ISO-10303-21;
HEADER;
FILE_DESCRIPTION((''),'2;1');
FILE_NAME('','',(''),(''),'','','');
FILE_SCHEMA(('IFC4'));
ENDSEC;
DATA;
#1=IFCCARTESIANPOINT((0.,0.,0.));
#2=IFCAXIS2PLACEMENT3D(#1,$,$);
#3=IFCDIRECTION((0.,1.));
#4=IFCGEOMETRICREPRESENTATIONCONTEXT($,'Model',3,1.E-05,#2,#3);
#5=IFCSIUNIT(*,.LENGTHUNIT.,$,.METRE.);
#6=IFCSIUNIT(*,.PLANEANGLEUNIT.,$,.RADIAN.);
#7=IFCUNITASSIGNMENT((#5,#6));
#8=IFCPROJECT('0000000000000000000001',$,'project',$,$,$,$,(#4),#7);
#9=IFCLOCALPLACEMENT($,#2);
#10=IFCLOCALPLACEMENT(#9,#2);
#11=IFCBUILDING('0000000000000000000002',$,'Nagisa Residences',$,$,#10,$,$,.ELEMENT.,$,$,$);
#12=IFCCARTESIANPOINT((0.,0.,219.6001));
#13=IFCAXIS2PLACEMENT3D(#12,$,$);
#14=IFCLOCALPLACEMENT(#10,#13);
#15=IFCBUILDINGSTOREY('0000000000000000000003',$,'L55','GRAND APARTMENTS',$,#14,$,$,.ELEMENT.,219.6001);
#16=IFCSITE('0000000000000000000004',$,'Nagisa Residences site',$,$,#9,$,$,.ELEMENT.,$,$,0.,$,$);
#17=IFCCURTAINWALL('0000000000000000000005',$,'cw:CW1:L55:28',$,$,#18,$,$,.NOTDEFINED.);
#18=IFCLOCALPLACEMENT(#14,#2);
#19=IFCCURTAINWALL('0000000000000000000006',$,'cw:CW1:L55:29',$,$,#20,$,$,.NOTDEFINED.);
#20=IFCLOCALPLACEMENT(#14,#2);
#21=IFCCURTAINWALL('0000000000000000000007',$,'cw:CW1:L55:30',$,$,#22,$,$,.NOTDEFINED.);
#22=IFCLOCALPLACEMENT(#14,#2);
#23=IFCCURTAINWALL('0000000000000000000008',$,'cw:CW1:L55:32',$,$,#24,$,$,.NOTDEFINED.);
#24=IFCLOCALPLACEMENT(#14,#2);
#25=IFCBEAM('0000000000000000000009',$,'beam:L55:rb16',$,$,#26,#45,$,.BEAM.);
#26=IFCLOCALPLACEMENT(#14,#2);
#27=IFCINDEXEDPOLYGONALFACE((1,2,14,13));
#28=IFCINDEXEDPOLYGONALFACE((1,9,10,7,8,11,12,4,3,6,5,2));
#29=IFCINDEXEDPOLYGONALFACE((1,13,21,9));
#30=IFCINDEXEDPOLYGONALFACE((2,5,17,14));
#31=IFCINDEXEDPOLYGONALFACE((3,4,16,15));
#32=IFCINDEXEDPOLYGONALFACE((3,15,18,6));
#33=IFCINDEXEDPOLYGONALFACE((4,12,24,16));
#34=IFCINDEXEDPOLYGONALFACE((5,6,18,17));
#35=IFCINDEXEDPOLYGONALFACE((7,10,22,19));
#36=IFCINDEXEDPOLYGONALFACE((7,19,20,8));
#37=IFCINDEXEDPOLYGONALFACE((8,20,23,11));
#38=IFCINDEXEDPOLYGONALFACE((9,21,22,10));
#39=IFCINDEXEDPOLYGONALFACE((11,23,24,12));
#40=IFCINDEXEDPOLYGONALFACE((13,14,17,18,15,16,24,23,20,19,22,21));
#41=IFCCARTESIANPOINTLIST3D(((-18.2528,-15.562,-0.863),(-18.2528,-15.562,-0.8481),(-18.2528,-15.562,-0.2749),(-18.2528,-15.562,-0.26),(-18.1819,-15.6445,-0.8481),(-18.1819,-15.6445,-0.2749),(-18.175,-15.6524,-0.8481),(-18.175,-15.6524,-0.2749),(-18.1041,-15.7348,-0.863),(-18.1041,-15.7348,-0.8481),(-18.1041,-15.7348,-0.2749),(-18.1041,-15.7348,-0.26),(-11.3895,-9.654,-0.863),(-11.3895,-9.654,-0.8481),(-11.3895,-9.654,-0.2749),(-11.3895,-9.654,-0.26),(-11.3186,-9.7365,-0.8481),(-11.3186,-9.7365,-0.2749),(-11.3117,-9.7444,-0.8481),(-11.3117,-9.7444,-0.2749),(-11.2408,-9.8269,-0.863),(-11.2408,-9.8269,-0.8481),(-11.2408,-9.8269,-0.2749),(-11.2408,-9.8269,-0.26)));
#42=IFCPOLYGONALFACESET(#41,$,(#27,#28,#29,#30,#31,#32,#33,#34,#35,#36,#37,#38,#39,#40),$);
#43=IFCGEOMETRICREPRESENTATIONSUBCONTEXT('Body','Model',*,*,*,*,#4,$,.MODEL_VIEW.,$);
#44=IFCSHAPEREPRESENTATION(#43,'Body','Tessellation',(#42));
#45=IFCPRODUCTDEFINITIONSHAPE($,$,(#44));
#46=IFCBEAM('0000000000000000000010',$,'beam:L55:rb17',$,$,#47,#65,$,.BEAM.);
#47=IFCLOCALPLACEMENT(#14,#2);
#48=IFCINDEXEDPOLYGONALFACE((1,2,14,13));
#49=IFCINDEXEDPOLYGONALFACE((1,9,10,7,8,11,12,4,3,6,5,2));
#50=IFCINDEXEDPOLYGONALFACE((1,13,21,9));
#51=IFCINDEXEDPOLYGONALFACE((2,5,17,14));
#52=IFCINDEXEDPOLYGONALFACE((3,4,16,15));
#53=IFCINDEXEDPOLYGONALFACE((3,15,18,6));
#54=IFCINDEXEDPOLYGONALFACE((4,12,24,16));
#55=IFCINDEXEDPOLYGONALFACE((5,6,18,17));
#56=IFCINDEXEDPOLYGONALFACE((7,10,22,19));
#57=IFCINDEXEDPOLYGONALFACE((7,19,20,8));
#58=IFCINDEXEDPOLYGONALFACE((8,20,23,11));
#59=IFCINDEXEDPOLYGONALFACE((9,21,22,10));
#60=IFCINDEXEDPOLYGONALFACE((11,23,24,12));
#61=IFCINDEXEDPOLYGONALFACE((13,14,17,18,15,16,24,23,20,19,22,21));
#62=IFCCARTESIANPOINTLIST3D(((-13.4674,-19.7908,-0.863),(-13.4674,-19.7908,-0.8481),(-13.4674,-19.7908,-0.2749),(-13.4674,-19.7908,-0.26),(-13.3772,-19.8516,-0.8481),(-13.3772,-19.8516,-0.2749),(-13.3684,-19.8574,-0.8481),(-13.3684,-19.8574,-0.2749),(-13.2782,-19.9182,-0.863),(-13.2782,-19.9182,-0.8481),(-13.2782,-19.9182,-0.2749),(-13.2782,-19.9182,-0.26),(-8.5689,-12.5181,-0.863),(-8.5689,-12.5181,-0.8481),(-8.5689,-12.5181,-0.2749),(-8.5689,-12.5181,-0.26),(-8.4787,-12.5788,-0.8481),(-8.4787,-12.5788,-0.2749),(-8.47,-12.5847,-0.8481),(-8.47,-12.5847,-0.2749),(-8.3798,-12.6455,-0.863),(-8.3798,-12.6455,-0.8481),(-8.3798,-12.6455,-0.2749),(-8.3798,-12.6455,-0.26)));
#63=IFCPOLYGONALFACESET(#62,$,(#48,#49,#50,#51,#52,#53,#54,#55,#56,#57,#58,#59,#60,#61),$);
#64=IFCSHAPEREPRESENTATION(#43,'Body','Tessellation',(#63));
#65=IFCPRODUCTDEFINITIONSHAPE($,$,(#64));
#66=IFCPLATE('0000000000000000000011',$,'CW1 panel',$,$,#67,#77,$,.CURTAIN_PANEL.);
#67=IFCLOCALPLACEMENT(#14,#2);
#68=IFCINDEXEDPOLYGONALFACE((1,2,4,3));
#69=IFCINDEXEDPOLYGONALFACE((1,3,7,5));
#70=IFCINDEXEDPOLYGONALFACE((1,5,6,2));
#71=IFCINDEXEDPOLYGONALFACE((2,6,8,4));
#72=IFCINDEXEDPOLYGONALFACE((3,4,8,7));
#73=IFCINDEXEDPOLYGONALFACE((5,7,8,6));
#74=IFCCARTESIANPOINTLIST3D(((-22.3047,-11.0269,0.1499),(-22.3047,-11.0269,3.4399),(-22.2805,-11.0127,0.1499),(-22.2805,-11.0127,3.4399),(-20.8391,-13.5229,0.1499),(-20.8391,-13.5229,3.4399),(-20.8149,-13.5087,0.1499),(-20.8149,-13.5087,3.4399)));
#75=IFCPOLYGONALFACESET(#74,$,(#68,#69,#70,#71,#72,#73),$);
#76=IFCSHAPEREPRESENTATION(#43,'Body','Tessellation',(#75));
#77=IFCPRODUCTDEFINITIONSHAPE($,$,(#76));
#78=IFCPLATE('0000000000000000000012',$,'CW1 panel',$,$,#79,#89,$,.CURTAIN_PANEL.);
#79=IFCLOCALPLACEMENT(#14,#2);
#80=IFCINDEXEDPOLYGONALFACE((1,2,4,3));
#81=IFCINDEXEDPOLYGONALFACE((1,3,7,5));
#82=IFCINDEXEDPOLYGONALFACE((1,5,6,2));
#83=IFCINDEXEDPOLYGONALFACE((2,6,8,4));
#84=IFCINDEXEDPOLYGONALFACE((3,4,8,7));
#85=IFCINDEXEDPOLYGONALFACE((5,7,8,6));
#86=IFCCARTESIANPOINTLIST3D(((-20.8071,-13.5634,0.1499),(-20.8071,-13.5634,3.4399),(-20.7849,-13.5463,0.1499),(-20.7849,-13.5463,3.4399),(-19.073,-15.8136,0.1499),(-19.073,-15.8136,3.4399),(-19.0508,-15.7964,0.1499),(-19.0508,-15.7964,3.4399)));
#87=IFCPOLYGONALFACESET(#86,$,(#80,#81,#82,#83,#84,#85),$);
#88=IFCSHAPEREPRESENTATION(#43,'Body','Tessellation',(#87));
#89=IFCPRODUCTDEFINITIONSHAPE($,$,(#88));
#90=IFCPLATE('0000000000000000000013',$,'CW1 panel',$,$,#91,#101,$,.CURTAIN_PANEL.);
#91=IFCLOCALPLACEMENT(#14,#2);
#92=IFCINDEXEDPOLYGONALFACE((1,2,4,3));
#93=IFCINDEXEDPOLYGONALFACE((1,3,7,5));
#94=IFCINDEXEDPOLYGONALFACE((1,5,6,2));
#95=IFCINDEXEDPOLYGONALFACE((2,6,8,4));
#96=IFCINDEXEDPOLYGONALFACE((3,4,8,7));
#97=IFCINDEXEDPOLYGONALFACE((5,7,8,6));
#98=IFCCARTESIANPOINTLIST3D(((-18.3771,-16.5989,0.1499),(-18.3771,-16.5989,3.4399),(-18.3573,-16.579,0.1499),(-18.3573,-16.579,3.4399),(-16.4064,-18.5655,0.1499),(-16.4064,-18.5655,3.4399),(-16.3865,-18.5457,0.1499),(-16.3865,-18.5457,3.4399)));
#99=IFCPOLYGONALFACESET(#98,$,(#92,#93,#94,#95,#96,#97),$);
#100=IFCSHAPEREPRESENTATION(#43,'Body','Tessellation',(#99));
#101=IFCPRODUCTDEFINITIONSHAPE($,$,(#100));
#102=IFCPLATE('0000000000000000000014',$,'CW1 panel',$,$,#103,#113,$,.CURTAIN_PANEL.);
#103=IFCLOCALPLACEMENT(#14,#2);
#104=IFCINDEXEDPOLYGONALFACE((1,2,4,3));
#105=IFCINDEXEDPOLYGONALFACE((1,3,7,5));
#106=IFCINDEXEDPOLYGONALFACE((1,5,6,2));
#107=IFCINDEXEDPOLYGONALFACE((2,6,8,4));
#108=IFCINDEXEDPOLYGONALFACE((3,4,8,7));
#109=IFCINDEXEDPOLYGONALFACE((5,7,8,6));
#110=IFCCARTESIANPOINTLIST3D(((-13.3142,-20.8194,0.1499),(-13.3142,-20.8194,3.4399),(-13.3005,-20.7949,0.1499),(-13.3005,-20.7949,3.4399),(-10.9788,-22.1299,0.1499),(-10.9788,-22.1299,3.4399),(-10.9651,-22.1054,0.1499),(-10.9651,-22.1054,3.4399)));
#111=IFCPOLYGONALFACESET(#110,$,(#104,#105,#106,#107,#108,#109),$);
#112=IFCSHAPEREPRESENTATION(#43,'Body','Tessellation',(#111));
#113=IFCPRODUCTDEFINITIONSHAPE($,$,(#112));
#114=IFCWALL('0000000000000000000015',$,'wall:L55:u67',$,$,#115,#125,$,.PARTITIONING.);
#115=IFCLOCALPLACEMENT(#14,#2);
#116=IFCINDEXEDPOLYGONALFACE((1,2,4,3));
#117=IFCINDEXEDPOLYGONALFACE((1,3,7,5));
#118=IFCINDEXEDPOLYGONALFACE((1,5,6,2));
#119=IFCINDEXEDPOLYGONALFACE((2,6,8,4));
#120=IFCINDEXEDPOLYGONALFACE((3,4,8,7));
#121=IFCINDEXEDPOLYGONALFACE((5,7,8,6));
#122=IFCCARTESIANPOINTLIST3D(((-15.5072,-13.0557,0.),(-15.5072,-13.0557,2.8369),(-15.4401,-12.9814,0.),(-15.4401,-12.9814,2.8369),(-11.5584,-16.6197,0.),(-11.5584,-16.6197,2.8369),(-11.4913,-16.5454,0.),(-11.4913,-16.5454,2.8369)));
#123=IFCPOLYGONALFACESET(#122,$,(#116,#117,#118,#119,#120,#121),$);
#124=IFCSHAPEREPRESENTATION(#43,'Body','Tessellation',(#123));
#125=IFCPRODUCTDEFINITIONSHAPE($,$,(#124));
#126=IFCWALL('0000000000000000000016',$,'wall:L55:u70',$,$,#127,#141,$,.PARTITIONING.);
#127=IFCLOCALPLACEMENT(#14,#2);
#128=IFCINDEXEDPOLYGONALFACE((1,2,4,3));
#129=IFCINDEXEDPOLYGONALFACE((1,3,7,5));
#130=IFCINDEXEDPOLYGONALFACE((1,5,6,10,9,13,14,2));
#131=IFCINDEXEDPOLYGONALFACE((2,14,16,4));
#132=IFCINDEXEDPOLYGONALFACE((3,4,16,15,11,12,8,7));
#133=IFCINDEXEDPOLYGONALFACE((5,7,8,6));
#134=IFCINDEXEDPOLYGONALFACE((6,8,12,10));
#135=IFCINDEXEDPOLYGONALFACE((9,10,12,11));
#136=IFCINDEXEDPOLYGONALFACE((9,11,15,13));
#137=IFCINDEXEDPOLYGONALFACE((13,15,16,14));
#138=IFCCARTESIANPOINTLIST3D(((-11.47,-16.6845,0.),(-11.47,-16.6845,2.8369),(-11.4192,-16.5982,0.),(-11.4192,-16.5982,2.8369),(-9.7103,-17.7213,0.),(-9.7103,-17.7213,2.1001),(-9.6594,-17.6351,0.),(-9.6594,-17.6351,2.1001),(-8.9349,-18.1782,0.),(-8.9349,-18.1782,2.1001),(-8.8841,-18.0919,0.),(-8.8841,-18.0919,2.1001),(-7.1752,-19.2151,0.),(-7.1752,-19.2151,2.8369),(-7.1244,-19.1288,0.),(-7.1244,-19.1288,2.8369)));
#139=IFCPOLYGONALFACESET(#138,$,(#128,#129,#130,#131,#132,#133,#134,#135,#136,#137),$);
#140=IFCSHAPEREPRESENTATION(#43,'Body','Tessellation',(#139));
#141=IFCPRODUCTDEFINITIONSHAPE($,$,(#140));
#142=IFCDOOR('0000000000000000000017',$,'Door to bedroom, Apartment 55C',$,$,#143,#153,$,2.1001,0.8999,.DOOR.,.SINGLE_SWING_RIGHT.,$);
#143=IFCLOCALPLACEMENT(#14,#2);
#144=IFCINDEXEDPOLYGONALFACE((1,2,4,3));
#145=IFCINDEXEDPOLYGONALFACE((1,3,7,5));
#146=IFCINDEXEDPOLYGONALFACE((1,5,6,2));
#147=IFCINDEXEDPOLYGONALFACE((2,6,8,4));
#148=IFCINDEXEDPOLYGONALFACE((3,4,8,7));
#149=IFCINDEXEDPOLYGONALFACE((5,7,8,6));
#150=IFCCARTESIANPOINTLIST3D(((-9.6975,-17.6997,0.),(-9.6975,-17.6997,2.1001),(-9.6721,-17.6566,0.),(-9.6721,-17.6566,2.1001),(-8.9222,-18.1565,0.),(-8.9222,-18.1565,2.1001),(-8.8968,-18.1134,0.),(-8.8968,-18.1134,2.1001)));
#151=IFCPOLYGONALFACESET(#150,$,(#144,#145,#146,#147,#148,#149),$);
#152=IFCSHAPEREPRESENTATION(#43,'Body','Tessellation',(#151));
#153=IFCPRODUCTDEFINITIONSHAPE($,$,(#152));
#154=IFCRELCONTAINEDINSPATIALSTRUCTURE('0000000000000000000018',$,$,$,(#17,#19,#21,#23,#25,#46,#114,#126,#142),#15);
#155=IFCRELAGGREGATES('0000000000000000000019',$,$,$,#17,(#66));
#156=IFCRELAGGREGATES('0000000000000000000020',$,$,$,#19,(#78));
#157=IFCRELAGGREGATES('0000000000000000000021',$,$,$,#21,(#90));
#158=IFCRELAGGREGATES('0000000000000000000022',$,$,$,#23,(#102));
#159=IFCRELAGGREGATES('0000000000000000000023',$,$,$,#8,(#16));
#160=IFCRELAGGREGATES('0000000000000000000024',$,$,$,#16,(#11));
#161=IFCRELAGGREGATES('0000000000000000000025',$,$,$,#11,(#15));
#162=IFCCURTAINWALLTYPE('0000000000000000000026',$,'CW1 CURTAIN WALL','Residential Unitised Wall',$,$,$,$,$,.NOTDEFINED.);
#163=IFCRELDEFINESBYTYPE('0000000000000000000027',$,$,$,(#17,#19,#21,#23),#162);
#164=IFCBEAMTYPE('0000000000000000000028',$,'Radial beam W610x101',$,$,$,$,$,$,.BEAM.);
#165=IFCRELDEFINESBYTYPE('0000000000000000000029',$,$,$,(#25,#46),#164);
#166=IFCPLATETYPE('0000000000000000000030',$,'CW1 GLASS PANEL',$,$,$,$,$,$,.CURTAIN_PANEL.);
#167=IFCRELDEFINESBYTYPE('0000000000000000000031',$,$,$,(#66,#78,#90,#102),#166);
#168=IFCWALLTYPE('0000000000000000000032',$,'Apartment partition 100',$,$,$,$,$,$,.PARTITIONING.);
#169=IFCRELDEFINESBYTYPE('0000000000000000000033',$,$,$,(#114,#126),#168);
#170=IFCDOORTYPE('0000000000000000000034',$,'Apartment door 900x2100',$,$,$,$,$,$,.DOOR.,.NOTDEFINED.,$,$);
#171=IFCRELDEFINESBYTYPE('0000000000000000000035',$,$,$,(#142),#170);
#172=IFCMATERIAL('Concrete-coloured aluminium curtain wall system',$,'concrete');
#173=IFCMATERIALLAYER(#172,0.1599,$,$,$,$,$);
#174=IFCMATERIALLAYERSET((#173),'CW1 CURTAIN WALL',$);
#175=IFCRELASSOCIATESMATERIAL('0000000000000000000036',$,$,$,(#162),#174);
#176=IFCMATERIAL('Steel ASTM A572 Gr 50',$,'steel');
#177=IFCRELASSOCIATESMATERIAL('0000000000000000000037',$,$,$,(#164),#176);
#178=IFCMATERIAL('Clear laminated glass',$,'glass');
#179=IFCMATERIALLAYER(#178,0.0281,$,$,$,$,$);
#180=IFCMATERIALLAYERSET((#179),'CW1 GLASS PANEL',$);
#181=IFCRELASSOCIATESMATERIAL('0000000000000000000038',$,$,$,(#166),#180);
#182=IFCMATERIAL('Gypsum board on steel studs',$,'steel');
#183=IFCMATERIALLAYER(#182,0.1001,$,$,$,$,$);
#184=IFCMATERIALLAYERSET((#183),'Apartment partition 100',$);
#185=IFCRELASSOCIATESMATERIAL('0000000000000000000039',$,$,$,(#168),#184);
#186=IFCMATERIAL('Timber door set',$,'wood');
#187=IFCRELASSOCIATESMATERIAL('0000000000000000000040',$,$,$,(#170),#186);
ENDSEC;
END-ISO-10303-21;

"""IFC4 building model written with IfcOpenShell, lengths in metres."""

from ifc_helpers import new_model, si_unit, direction, frame, frame_2d, origin, origin_2d, place, context, subcontext, project, spatial, rectangle, i_section, extrude, material, layer, layer_set, material_profile, profile_set, type_object, element, fill, aggregate, save


model = new_model("IFC4")

# Units and contexts
model_context = context("Model", 3, precision=1e-05, world=origin(), true_north=direction((0.0, 1.0)))
body_context = subcontext(model_context, "Body", "Model", "MODEL_VIEW")
ifc_project = project(units=[si_unit("LENGTHUNIT", "METRE"), si_unit("PLANEANGLEUNIT", "RADIAN")], contexts=[model_context])

# Site, building, storey
site_placement = place(None, origin())
site = spatial("IfcSite", under=ifc_project, at=site_placement, Name="Nagisa Residences site", CompositionType="ELEMENT", RefElevation=0.0)
building_placement = place(site_placement, origin())
building = spatial("IfcBuilding", under=site, at=building_placement, Name="Nagisa Residences", CompositionType="ELEMENT")
storey_placement = place(building_placement, frame((0.0, 0.0, 219.6001)))
storey = spatial("IfcBuildingStorey", under=building, at=storey_placement, Name="L55", Description="GRAND APARTMENTS", CompositionType="ELEMENT", Elevation=219.6001)

# Curtain walls
ifc_material_1 = material(Name="Concrete-coloured aluminium curtain wall system", Category="concrete")
ifc_layer_1 = layer(ifc_material_1, 0.1599)
ifc_layer_set_1 = layer_set([ifc_layer_1], Name="CW1 CURTAIN WALL")
curtain_wall_type = type_object("IfcCurtainWallType", Name="CW1 CURTAIN WALL", Description="Residential Unitised Wall", PredefinedType="NOTDEFINED", material=ifc_layer_set_1)
curtain_wall_1_placement = place(storey_placement, origin())
curtain_wall_1 = element("IfcCurtainWall", 1, at=curtain_wall_1_placement, inside=storey, type_object=curtain_wall_type, Name="cw:CW1:L55:28", PredefinedType="NOTDEFINED")
curtain_wall_2_placement = place(storey_placement, origin())
curtain_wall_2 = element("IfcCurtainWall", 2, at=curtain_wall_2_placement, inside=storey, type_object=curtain_wall_type, Name="cw:CW1:L55:29", PredefinedType="NOTDEFINED")
curtain_wall_3_placement = place(storey_placement, origin())
curtain_wall_3 = element("IfcCurtainWall", 3, at=curtain_wall_3_placement, inside=storey, type_object=curtain_wall_type, Name="cw:CW1:L55:30", PredefinedType="NOTDEFINED")
curtain_wall_4_placement = place(storey_placement, origin())
curtain_wall_4 = element("IfcCurtainWall", 4, at=curtain_wall_4_placement, inside=storey, type_object=curtain_wall_type, Name="cw:CW1:L55:32", PredefinedType="NOTDEFINED")

# Beams
ifc_material_2 = material(Name="Steel ASTM A572 Gr 50", Category="steel")
ifc_material_profile_1 = material_profile(ifc_material_2, i_section(OverallWidth=0.228, OverallDepth=0.603, WebThickness=0.0105, FlangeThickness=0.0149, at=origin_2d()), Name="W610x101")
ifc_profile_set_1 = profile_set([ifc_material_profile_1], Name="Steel ASTM A572 Gr 50")
beam_type_1 = type_object("IfcBeamType", Name="Radial beam W610x101", PredefinedType="BEAM", material=ifc_profile_set_1)
beam_1_placement = place(storey_placement, frame((-18.1785, -15.6484, -0.5615), z_axis=(0.757883, 0.652391, 0.0), x_axis=(-0.652391, 0.757883, 0.0)))
element("IfcBeam", 5, at=beam_1_placement, inside=storey, type_object=beam_type_1, Name="beam:L55:rb16", PredefinedType="BEAM", context=body_context, shape_type="SweptSolid", body=[
    extrude(i_section(OverallWidth=0.228, OverallDepth=0.603, WebThickness=0.0105, FlangeThickness=0.0149, at=origin_2d()), origin(), (0.0, 0.0, 1.0), 9.0559),
])
beam_2_placement = place(storey_placement, frame((-13.3728, -19.8545, -0.5615), z_axis=(0.558639, 0.829411, 0.0), x_axis=(-0.829411, 0.558639, 0.0)))
element("IfcBeam", 6, at=beam_2_placement, inside=storey, type_object=beam_type_1, Name="beam:L55:rb17", PredefinedType="BEAM", context=body_context, shape_type="SweptSolid", body=[
    extrude(i_section(OverallWidth=0.228, OverallDepth=0.603, WebThickness=0.0105, FlangeThickness=0.0149, at=origin_2d()), origin(), (0.0, 0.0, 1.0), 8.7686),
])

# Plates
ifc_material_3 = material(Name="Clear laminated glass", Category="glass")
ifc_layer_2 = layer(ifc_material_3, 0.0281)
ifc_layer_set_2 = layer_set([ifc_layer_2], Name="CW1 GLASS PANEL")
plate_type = type_object("IfcPlateType", Name="CW1 GLASS PANEL", PredefinedType="CURTAIN_PANEL", material=ifc_layer_set_2)
plate_1_placement = place(storey_placement, frame((-21.5598, -12.2678, 0.1499), z_axis=(0.0, 0.0, 1.0), x_axis=(0.506349, -0.862329, 0.0)))
plate_1 = element("IfcPlate", 7, at=plate_1_placement, type_object=plate_type, Name="CW1 panel", PredefinedType="CURTAIN_PANEL", context=body_context, shape_type="SweptSolid", body=[
    extrude(rectangle(XDim=2.8945, YDim=0.0281, at=origin_2d()), origin(), (0.0, 0.0, 1.0), 3.29),
])
aggregate(curtain_wall_1, [plate_1])
plate_2_placement = place(storey_placement, frame((-19.929, -14.6799, 0.1499), z_axis=(0.0, 0.0, 1.0), x_axis=(0.61043, -0.79207, 0.0)))
plate_2 = element("IfcPlate", 8, at=plate_2_placement, type_object=plate_type, Name="CW1 panel", PredefinedType="CURTAIN_PANEL", context=body_context, shape_type="SweptSolid", body=[
    extrude(rectangle(XDim=2.8408, YDim=0.0281, at=origin_2d()), origin(), (0.0, 0.0, 1.0), 3.29),
])
aggregate(curtain_wall_2, [plate_2])
plate_3_placement = place(storey_placement, frame((-17.3818, -17.5723, 0.1499), z_axis=(0.0, 0.0, 1.0), x_axis=(0.707836, -0.706377, 0.0)))
plate_3 = element("IfcPlate", 9, at=plate_3_placement, type_object=plate_type, Name="CW1 panel", PredefinedType="CURTAIN_PANEL", context=body_context, shape_type="SweptSolid", body=[
    extrude(rectangle(XDim=2.7842, YDim=0.0281, at=origin_2d()), origin(), (0.0, 0.0, 1.0), 3.29),
])
aggregate(curtain_wall_3, [plate_3])
plate_4_placement = place(storey_placement, frame((-12.1396, -21.4624, 0.1499), z_axis=(0.0, 0.0, 1.0), x_axis=(0.872072, -0.489377, 0.0)))
plate_4 = element("IfcPlate", 10, at=plate_4_placement, type_object=plate_type, Name="CW1 panel", PredefinedType="CURTAIN_PANEL", context=body_context, shape_type="SweptSolid", body=[
    extrude(rectangle(XDim=2.678, YDim=0.0281, at=origin_2d()), origin(), (0.0, 0.0, 1.0), 3.29),
])
aggregate(curtain_wall_4, [plate_4])

# Wall
ifc_material_4 = material(Name="Gypsum board on steel studs", Category="steel")
ifc_layer_3 = layer(ifc_material_4, 0.1001)
ifc_layer_set_3 = layer_set([ifc_layer_3], Name="Apartment partition 100")
wall_type_1 = type_object("IfcWallType", Name="Apartment partition 100", PredefinedType="PARTITIONING", material=ifc_layer_set_3)
wall_1_placement = place(storey_placement, frame((-15.4736, -13.0186, 0.0), z_axis=(0.0, 0.0, 1.0), x_axis=(0.742349, -0.670014, 0.0)))
element("IfcWall", 11, at=wall_1_placement, inside=storey, type_object=wall_type_1, Name="wall:L55:u67", PredefinedType="PARTITIONING", context=body_context, shape_type="SweptSolid", body=[
    extrude(rectangle(XDim=5.3193, YDim=0.1001, at=frame_2d((2.6597, 0.0))), origin(), (0.0, 0.0, 1.0), 2.8369),
])

# Wall, opening, door
wall_2_placement = place(storey_placement, frame((-11.4446, -16.6414, 0.0), z_axis=(0.0, 0.0, 1.0), x_axis=(0.861563, -0.507651, 0.0)))
wall_2 = element("IfcWall", 12, at=wall_2_placement, inside=storey, type_object=wall_type_1, Name="wall:L55:u70", PredefinedType="PARTITIONING", context=body_context, shape_type="SweptSolid", body=[
    extrude(rectangle(XDim=4.9849, YDim=0.1001, at=frame_2d((2.4924, 0.0))), origin(), (0.0, 0.0, 1.0), 2.8369),
])
opening_1_placement = place(wall_2_placement, frame((2.0425, 0.0, 0.0)))
opening_1 = element("IfcOpeningElement", 13, at=opening_1_placement, cuts=wall_2, PredefinedType="OPENING", context=body_context, shape_type="SweptSolid", body=[
    extrude(rectangle(XDim=0.8999, YDim=2.1001, at=frame_2d((0.45, 1.05))), frame((0.0, 0.0601, 0.0), z_axis=(0.0, -1.0, 0.0), x_axis=(1.0, 0.0, 0.0)), (0.0, 0.0, 1.0), 0.1201),
])
ifc_material_5 = material(Name="Timber door set", Category="wood")
door_type_1 = type_object("IfcDoorType", Name="Apartment door 900x2100", OperationType="NOTDEFINED", PredefinedType="DOOR", material=ifc_material_5)
door_1_placement = place(opening_1_placement, frame((0.8999, 0.0, 0.0), x_axis=(-1.0, 0.0, 0.0)))
door_1 = element("IfcDoor", 14, at=door_1_placement, inside=storey, type_object=door_type_1, Name="Door to bedroom, Apartment 55C", OperationType="SINGLE_SWING_RIGHT", OverallHeight=2.1001, OverallWidth=0.8999, PredefinedType="DOOR", context=body_context, shape_type="SweptSolid", body=[
    extrude(rectangle(XDim=0.8999, YDim=2.1001, at=frame_2d((0.45, 1.05))), frame((0.0, 0.0249, 0.0), z_axis=(0.0, -1.0, 0.0), x_axis=(1.0, 0.0, 0.0)), (0.0, 0.0, 1.0), 0.05),
])
fill(opening_1, door_1)

save(model, "model.ifc")
